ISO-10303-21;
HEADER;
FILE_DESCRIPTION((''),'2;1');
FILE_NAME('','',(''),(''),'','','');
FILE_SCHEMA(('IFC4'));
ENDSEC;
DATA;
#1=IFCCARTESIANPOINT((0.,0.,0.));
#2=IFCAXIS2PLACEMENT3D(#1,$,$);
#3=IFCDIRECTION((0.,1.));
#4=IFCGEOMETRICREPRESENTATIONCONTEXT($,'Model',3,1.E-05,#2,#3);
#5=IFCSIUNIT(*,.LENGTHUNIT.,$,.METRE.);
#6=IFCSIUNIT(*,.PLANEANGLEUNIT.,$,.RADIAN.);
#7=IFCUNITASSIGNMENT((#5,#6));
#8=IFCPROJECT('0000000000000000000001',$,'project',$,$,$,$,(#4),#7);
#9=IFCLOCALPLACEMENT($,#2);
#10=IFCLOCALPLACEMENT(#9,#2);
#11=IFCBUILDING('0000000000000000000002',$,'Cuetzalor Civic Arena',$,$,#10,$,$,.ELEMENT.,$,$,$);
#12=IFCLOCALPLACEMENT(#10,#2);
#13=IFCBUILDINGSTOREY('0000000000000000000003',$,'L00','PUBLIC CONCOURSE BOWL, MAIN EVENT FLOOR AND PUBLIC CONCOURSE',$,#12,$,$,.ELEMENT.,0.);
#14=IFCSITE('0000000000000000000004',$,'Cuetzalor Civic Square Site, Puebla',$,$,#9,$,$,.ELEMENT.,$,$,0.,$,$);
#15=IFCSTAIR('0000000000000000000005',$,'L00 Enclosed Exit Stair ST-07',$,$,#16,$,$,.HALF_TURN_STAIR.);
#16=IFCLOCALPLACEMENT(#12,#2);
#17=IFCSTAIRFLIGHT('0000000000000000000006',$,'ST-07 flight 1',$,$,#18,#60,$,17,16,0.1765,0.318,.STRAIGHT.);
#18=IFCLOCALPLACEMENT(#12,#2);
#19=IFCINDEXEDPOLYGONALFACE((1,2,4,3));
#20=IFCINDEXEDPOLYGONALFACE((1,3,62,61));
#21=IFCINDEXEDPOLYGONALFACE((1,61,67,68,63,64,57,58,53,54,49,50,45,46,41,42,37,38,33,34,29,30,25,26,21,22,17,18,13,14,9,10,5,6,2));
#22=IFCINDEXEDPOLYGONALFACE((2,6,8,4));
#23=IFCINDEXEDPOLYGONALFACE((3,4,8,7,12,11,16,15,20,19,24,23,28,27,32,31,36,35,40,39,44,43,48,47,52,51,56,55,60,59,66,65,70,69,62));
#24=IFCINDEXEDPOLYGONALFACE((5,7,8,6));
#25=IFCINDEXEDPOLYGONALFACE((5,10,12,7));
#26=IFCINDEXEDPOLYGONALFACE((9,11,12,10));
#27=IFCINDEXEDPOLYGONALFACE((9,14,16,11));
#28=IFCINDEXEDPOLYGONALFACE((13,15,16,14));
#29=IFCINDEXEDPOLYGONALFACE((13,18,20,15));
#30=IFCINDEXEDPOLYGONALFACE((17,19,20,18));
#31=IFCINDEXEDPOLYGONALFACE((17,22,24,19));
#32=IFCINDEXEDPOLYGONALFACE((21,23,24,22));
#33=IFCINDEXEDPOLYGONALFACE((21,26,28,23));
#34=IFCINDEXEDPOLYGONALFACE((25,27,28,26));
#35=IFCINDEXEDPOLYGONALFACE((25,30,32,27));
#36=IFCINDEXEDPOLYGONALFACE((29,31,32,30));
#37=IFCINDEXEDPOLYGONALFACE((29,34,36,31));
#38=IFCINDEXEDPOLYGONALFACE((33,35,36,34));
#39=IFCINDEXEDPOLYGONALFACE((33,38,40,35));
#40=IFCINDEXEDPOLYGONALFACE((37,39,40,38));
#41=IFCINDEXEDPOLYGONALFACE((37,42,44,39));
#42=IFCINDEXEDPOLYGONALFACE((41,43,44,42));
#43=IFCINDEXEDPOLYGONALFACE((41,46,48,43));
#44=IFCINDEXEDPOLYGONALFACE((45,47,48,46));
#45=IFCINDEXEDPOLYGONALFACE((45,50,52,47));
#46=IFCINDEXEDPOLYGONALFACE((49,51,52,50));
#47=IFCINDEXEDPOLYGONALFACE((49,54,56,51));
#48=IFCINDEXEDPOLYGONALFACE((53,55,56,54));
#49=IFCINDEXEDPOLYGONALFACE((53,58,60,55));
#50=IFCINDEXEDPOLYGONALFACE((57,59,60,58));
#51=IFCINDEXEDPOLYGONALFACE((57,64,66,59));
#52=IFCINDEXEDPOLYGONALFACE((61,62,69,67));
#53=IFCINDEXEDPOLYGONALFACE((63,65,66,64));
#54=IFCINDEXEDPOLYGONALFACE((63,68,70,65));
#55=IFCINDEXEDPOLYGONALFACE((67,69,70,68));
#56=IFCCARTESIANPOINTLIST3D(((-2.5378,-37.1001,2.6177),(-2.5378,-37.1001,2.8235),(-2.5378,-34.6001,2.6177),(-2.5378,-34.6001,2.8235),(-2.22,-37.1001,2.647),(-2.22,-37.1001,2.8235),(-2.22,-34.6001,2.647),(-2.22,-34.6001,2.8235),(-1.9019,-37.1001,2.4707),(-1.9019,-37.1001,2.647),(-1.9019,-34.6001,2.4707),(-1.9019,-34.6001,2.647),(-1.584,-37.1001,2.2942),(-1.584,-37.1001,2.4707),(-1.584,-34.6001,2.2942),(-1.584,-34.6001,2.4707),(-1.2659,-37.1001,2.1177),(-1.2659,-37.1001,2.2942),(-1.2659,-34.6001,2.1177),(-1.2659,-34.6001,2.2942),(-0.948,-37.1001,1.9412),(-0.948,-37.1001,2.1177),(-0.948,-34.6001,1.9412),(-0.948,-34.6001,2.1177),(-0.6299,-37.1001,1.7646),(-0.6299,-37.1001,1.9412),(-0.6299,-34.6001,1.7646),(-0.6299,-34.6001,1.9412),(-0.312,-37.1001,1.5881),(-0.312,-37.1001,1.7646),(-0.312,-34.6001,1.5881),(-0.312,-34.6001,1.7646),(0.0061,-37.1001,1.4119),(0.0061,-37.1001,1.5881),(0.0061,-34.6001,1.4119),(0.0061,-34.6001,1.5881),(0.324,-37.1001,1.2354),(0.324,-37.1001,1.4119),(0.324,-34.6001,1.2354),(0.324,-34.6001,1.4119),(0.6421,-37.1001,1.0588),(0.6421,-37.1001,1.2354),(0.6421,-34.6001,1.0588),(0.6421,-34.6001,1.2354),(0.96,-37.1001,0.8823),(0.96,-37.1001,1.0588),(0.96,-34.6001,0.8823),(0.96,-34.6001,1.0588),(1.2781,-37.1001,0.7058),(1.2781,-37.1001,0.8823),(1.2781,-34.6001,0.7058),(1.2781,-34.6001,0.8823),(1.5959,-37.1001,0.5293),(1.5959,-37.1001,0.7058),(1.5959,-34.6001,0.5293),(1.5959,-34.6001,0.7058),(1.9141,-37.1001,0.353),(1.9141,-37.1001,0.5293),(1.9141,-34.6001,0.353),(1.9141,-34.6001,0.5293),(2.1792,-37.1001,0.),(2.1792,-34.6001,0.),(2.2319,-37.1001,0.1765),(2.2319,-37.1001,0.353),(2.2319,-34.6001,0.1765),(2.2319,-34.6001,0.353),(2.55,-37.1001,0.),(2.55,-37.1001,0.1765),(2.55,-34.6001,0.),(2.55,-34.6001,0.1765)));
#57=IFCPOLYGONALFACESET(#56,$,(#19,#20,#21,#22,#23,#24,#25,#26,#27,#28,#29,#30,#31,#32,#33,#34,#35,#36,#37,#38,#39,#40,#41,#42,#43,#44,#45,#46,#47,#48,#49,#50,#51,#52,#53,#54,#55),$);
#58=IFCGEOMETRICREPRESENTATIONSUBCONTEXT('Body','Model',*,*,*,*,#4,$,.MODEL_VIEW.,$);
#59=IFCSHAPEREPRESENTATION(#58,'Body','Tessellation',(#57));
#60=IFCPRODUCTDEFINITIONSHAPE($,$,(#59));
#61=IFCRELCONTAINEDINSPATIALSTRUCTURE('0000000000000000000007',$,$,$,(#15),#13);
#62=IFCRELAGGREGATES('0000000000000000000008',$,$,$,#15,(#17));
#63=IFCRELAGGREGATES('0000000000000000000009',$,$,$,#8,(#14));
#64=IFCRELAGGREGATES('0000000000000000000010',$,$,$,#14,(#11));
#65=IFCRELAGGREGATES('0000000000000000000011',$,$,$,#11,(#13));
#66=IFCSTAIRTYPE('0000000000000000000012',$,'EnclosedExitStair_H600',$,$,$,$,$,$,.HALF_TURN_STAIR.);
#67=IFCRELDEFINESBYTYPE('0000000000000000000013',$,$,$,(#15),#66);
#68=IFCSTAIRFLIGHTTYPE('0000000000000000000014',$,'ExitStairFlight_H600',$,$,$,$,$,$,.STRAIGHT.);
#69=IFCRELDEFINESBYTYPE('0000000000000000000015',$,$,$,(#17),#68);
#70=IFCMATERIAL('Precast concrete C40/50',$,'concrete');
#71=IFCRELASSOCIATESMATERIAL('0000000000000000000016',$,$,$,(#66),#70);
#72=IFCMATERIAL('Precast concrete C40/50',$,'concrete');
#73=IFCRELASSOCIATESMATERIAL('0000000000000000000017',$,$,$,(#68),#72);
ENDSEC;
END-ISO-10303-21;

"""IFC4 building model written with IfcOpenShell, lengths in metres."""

from ifc_helpers import new_model, si_unit, direction, frame, origin, place, context, subcontext, project, spatial, polyline, outline, extrude, material, type_object, element, aggregate, save


model = new_model("IFC4")

# Units and contexts
model_context = context("Model", 3, precision=1e-05, world=origin(), true_north=direction((0.0, 1.0)))
body_context = subcontext(model_context, "Body", "Model", "MODEL_VIEW")
ifc_project = project(units=[si_unit("LENGTHUNIT", "METRE"), si_unit("PLANEANGLEUNIT", "RADIAN")], contexts=[model_context])

# Site, building, storey
site_placement = place(None, origin())
site = spatial("IfcSite", under=ifc_project, at=site_placement, Name="Cuetzalor Civic Square Site, Puebla", CompositionType="ELEMENT", RefElevation=0.0)
building_placement = place(site_placement, origin())
building = spatial("IfcBuilding", under=site, at=building_placement, Name="Cuetzalor Civic Arena", CompositionType="ELEMENT")
storey_placement = place(building_placement, origin())
storey = spatial("IfcBuildingStorey", under=building, at=storey_placement, Name="L00", Description="PUBLIC CONCOURSE BOWL, MAIN EVENT FLOOR AND PUBLIC CONCOURSE", CompositionType="ELEMENT", Elevation=0.0)

# Stair, stair flight
ifc_material_1 = material(Name="Precast concrete C40/50", Category="concrete")
stair_type = type_object("IfcStairType", Name="EnclosedExitStair_H600", PredefinedType="HALF_TURN_STAIR", material=ifc_material_1)
stair_placement = place(storey_placement, origin())
stair = element("IfcStair", 1, at=stair_placement, inside=storey, type_object=stair_type, Name="L00 Enclosed Exit Stair ST-07", PredefinedType="HALF_TURN_STAIR")
ifc_material_2 = material(Name="Precast concrete C40/50", Category="concrete")
stair_flight_type = type_object("IfcStairFlightType", Name="ExitStairFlight_H600", PredefinedType="STRAIGHT", material=ifc_material_2)
stair_flight_placement = place(storey_placement, frame((2.55, -35.8501, 0.0), z_axis=(0.0, 0.0, 1.0), x_axis=(-1.0, 0.0, 0.0)))
stair_flight = element("IfcStairFlight", 2, at=stair_flight_placement, type_object=stair_flight_type, Name="ST-07 flight 1", NumberOfRisers=17, NumberOfTreads=16, PredefinedType="STRAIGHT", RiserHeight=0.1765, TreadLength=0.318, context=body_context, shape_type="SweptSolid", body=[
    extrude(outline(polyline([(0.0, 0.0), (0.0, 0.1765), (0.3181, 0.1765), (0.3181, 0.353), (0.636, 0.353), (0.636, 0.5293), (0.9541, 0.5293), (0.9541, 0.7058), (1.272, 0.7058), (1.272, 0.8823), (1.5901, 0.8823), (1.5901, 1.0588), (1.908, 1.0588), (1.908, 1.2354), (2.2261, 1.2354), (2.2261, 1.4119), (2.5439, 1.4119), (2.5439, 1.5881), (2.8621, 1.5881), (2.8621, 1.7646), (3.1799, 1.7646), (3.1799, 1.9412), (3.498, 1.9412), (3.498, 2.1177), (3.8159, 2.1177), (3.8159, 2.2942), (4.134, 2.2942), (4.134, 2.4707), (4.4519, 2.4707), (4.4519, 2.647), (4.77, 2.647), (4.77, 2.8235), (5.0879, 2.8235), (5.0879, 3.0), (5.0879, 2.6177), (0.3708, 0.0), (0.0, 0.0)])), frame((0.0, 1.25, 0.0), z_axis=(0.0, -1.0, 0.0), x_axis=(1.0, 0.0, 0.0)), (0.0, 0.0, 1.0), 2.5),
])
aggregate(stair, [stair_flight])

save(model, "model.ifc")
